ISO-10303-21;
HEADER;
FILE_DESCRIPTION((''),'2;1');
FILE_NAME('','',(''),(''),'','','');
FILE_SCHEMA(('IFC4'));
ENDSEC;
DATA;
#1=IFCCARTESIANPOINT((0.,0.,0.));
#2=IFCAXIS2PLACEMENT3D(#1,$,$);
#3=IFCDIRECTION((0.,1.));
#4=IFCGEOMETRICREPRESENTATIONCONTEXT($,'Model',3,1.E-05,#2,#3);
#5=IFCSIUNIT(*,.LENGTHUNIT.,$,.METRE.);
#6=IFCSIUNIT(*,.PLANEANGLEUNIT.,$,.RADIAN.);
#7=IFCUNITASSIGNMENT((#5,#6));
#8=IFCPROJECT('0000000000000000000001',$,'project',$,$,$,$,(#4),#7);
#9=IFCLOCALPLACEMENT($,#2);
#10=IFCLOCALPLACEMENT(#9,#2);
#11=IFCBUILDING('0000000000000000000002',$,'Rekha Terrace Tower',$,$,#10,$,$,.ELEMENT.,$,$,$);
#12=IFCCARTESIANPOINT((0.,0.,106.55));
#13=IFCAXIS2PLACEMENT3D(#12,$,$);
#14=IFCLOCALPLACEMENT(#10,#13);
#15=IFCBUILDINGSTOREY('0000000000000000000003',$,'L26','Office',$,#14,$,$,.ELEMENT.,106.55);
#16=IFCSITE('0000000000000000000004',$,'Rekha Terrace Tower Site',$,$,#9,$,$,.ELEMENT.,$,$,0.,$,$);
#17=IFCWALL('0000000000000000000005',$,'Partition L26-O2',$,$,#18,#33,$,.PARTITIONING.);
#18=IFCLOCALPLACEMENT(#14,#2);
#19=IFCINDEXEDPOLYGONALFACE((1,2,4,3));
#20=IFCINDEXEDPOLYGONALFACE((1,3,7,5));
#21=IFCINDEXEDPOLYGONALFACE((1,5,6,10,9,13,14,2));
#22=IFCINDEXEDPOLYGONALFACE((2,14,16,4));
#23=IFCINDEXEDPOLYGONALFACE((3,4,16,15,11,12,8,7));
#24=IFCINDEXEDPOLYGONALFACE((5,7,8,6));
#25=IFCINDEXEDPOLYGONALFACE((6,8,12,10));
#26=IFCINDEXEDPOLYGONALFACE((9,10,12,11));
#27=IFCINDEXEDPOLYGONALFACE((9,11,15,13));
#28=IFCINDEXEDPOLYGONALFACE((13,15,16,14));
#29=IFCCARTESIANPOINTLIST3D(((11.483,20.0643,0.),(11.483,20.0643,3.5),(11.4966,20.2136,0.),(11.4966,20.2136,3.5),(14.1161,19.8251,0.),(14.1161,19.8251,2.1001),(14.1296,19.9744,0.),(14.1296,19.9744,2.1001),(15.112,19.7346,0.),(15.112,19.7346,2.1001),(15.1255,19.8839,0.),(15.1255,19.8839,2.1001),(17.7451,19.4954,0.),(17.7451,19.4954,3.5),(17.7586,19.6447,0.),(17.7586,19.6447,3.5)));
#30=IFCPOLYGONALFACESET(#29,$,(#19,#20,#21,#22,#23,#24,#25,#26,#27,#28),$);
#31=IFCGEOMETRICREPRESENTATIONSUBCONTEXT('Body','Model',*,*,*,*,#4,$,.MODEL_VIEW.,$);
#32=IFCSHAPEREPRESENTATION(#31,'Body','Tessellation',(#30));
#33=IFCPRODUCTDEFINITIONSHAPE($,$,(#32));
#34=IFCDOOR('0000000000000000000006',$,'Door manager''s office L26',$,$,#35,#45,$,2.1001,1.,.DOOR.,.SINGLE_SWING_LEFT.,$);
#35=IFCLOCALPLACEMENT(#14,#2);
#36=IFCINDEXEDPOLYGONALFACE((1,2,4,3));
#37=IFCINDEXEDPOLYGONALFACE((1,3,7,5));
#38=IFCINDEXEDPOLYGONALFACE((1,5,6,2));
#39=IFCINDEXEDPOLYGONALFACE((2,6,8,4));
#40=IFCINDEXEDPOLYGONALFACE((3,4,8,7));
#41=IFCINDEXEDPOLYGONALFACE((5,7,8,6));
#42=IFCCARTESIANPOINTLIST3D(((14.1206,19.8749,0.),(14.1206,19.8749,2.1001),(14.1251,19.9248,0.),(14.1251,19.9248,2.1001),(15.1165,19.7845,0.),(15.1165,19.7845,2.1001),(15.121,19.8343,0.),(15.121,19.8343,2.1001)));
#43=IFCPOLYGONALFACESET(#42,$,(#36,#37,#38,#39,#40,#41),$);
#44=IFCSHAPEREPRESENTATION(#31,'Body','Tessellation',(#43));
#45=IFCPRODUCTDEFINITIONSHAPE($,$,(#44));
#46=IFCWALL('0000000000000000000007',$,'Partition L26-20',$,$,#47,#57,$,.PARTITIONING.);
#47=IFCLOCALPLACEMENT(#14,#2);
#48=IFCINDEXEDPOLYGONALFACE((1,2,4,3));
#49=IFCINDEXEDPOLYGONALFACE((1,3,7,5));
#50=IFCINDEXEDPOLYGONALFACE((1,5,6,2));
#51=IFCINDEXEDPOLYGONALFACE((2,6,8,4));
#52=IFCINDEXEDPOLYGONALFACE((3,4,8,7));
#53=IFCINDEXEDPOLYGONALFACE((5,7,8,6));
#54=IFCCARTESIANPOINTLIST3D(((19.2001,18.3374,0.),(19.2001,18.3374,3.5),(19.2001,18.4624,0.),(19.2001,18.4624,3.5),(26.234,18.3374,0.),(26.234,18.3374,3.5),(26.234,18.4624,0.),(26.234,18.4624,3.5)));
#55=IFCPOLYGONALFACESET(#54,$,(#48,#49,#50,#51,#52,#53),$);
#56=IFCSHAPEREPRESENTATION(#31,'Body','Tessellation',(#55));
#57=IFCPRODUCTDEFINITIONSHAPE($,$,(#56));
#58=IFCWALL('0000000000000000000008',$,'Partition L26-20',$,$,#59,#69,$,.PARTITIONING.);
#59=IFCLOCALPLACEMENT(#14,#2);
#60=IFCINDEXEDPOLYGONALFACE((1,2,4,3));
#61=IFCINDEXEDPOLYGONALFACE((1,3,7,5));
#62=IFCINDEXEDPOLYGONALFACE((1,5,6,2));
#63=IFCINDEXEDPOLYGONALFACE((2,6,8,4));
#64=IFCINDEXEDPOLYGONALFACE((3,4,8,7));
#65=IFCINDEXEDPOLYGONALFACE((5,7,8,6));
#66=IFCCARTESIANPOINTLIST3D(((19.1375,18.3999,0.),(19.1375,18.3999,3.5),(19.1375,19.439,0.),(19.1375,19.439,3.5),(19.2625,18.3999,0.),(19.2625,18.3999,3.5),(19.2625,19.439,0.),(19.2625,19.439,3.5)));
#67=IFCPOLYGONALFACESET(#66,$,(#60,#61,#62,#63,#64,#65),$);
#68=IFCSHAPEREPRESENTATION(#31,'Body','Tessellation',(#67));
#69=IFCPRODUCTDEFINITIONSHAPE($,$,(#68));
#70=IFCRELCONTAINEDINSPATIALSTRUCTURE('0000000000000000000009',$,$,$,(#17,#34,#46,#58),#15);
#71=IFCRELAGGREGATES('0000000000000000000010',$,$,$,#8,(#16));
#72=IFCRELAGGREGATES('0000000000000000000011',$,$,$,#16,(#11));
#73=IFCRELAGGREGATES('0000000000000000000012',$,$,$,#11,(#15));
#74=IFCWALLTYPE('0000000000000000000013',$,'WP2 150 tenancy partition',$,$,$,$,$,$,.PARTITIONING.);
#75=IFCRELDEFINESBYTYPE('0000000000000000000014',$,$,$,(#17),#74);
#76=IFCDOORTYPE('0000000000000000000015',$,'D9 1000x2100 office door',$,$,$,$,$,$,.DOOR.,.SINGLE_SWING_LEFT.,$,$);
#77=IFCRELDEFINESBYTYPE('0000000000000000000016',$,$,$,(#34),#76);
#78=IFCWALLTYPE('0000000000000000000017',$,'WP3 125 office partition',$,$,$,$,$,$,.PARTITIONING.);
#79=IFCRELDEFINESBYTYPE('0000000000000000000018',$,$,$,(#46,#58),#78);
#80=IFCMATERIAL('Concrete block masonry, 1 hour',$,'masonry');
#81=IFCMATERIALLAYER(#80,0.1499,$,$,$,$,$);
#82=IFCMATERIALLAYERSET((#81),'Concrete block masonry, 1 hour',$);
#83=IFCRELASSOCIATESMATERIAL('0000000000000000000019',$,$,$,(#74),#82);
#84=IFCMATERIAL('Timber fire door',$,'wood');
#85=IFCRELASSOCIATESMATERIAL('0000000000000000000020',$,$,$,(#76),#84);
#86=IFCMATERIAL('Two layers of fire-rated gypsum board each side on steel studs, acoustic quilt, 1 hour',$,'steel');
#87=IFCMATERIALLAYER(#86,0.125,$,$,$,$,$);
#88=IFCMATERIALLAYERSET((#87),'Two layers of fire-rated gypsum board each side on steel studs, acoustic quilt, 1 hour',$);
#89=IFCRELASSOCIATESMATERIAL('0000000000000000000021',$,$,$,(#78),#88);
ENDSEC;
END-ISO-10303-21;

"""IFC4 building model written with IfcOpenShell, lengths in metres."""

from ifc_helpers import new_model, si_unit, direction, frame, frame_2d, origin, place, context, subcontext, project, spatial, rectangle, extrude, material, layer, layer_set, type_object, element, fill, save


model = new_model("IFC4")

# Units and contexts
model_context = context("Model", 3, precision=1e-05, world=origin(), true_north=direction((0.0, 1.0)))
body_context = subcontext(model_context, "Body", "Model", "MODEL_VIEW")
ifc_project = project(units=[si_unit("LENGTHUNIT", "METRE"), si_unit("PLANEANGLEUNIT", "RADIAN")], contexts=[model_context])

# Site, building, storey
site_placement = place(None, origin())
site = spatial("IfcSite", under=ifc_project, at=site_placement, Name="Rekha Terrace Tower Site", CompositionType="ELEMENT", RefElevation=0.0)
building_placement = place(site_placement, origin())
building = spatial("IfcBuilding", under=site, at=building_placement, Name="Rekha Terrace Tower", CompositionType="ELEMENT")
storey_placement = place(building_placement, frame((0.0, 0.0, 106.55)))
storey = spatial("IfcBuildingStorey", under=building, at=storey_placement, Name="L26", Description="Office", CompositionType="ELEMENT", Elevation=106.55)

# Shared definitions
ifc_material_1 = material(Name="Concrete block masonry, 1 hour", Category="masonry")
ifc_layer_1 = layer(ifc_material_1, 0.1499)
ifc_layer_set_1 = layer_set([ifc_layer_1], Name="Concrete block masonry, 1 hour")
wall_type_1 = type_object("IfcWallType", Name="WP2 150 tenancy partition", PredefinedType="PARTITIONING", material=ifc_layer_set_1)

# Wall, opening, door
wall_1_placement = place(storey_placement, frame((17.752, 19.5701, 0.0), z_axis=(0.0, 0.0, 1.0), x_axis=(-0.995899, 0.090469, 0.0)))
wall_1 = element("IfcWall", 1, at=wall_1_placement, inside=storey, type_object=wall_type_1, Name="Partition L26-O2", PredefinedType="PARTITIONING", context=body_context, shape_type="SweptSolid", body=[
    extrude(rectangle(XDim=6.2878, YDim=0.1499, at=frame_2d((3.144, 0.0))), origin(), (0.0, 0.0, 1.0), 3.5),
])
opening_1_placement = place(wall_1_placement, frame((2.644, 0.0, 0.0)))
opening_1 = element("IfcOpeningElement", 2, at=opening_1_placement, cuts=wall_1, PredefinedType="OPENING", context=body_context, shape_type="SweptSolid", body=[
    extrude(rectangle(XDim=1.0, YDim=2.1001, at=frame_2d((0.5, 1.05))), frame((0.0, 0.085, 0.0), z_axis=(0.0, -1.0, 0.0), x_axis=(1.0, 0.0, 0.0)), (0.0, 0.0, 1.0), 0.1699),
])
ifc_material_2 = material(Name="Timber fire door", Category="wood")
door_type_1 = type_object("IfcDoorType", Name="D9 1000x2100 office door", OperationType="SINGLE_SWING_LEFT", PredefinedType="DOOR", material=ifc_material_2)
door_1_placement = place(opening_1_placement, origin())
door_1 = element("IfcDoor", 3, at=door_1_placement, inside=storey, type_object=door_type_1, Name="Door manager's office L26", OperationType="SINGLE_SWING_LEFT", OverallHeight=2.1001, OverallWidth=1.0, PredefinedType="DOOR", context=body_context, shape_type="SweptSolid", body=[
    extrude(rectangle(XDim=1.0, YDim=2.1001, at=frame_2d((0.5, 1.05))), frame((0.0, 0.0249, 0.0), z_axis=(0.0, -1.0, 0.0), x_axis=(1.0, 0.0, 0.0)), (0.0, 0.0, 1.0), 0.05),
])
fill(opening_1, door_1)

# Walls
ifc_material_3 = material(Name="Two layers of fire-rated gypsum board each side on steel studs, acoustic quilt, 1 hour", Category="steel")
ifc_layer_2 = layer(ifc_material_3, 0.125)
ifc_layer_set_2 = layer_set([ifc_layer_2], Name="Two layers of fire-rated gypsum board each side on steel studs, acoustic quilt, 1 hour")
wall_type_2 = type_object("IfcWallType", Name="WP3 125 office partition", PredefinedType="PARTITIONING", material=ifc_layer_set_2)
wall_2_placement = place(storey_placement, frame((19.2, 18.3999, 0.0), z_axis=(0.0, 0.0, 1.0), x_axis=(1.0, 0.0, 0.0)))
element("IfcWall", 4, at=wall_2_placement, inside=storey, type_object=wall_type_2, Name="Partition L26-20", PredefinedType="PARTITIONING", context=body_context, shape_type="SweptSolid", body=[
    extrude(rectangle(XDim=7.0339, YDim=0.125, at=frame_2d((3.5171, 0.0))), origin(), (0.0, 0.0, 1.0), 3.5),
])
wall_3_placement = place(storey_placement, frame((19.2, 19.439, 0.0), z_axis=(0.0, 0.0, 1.0), x_axis=(0.0, -1.0, 0.0)))
element("IfcWall", 5, at=wall_3_placement, inside=storey, type_object=wall_type_2, Name="Partition L26-20", PredefinedType="PARTITIONING", context=body_context, shape_type="SweptSolid", body=[
    extrude(rectangle(XDim=1.0391, YDim=0.125, at=frame_2d((0.5195, 0.0))), origin(), (0.0, 0.0, 1.0), 3.5),
])

save(model, "model.ifc")
